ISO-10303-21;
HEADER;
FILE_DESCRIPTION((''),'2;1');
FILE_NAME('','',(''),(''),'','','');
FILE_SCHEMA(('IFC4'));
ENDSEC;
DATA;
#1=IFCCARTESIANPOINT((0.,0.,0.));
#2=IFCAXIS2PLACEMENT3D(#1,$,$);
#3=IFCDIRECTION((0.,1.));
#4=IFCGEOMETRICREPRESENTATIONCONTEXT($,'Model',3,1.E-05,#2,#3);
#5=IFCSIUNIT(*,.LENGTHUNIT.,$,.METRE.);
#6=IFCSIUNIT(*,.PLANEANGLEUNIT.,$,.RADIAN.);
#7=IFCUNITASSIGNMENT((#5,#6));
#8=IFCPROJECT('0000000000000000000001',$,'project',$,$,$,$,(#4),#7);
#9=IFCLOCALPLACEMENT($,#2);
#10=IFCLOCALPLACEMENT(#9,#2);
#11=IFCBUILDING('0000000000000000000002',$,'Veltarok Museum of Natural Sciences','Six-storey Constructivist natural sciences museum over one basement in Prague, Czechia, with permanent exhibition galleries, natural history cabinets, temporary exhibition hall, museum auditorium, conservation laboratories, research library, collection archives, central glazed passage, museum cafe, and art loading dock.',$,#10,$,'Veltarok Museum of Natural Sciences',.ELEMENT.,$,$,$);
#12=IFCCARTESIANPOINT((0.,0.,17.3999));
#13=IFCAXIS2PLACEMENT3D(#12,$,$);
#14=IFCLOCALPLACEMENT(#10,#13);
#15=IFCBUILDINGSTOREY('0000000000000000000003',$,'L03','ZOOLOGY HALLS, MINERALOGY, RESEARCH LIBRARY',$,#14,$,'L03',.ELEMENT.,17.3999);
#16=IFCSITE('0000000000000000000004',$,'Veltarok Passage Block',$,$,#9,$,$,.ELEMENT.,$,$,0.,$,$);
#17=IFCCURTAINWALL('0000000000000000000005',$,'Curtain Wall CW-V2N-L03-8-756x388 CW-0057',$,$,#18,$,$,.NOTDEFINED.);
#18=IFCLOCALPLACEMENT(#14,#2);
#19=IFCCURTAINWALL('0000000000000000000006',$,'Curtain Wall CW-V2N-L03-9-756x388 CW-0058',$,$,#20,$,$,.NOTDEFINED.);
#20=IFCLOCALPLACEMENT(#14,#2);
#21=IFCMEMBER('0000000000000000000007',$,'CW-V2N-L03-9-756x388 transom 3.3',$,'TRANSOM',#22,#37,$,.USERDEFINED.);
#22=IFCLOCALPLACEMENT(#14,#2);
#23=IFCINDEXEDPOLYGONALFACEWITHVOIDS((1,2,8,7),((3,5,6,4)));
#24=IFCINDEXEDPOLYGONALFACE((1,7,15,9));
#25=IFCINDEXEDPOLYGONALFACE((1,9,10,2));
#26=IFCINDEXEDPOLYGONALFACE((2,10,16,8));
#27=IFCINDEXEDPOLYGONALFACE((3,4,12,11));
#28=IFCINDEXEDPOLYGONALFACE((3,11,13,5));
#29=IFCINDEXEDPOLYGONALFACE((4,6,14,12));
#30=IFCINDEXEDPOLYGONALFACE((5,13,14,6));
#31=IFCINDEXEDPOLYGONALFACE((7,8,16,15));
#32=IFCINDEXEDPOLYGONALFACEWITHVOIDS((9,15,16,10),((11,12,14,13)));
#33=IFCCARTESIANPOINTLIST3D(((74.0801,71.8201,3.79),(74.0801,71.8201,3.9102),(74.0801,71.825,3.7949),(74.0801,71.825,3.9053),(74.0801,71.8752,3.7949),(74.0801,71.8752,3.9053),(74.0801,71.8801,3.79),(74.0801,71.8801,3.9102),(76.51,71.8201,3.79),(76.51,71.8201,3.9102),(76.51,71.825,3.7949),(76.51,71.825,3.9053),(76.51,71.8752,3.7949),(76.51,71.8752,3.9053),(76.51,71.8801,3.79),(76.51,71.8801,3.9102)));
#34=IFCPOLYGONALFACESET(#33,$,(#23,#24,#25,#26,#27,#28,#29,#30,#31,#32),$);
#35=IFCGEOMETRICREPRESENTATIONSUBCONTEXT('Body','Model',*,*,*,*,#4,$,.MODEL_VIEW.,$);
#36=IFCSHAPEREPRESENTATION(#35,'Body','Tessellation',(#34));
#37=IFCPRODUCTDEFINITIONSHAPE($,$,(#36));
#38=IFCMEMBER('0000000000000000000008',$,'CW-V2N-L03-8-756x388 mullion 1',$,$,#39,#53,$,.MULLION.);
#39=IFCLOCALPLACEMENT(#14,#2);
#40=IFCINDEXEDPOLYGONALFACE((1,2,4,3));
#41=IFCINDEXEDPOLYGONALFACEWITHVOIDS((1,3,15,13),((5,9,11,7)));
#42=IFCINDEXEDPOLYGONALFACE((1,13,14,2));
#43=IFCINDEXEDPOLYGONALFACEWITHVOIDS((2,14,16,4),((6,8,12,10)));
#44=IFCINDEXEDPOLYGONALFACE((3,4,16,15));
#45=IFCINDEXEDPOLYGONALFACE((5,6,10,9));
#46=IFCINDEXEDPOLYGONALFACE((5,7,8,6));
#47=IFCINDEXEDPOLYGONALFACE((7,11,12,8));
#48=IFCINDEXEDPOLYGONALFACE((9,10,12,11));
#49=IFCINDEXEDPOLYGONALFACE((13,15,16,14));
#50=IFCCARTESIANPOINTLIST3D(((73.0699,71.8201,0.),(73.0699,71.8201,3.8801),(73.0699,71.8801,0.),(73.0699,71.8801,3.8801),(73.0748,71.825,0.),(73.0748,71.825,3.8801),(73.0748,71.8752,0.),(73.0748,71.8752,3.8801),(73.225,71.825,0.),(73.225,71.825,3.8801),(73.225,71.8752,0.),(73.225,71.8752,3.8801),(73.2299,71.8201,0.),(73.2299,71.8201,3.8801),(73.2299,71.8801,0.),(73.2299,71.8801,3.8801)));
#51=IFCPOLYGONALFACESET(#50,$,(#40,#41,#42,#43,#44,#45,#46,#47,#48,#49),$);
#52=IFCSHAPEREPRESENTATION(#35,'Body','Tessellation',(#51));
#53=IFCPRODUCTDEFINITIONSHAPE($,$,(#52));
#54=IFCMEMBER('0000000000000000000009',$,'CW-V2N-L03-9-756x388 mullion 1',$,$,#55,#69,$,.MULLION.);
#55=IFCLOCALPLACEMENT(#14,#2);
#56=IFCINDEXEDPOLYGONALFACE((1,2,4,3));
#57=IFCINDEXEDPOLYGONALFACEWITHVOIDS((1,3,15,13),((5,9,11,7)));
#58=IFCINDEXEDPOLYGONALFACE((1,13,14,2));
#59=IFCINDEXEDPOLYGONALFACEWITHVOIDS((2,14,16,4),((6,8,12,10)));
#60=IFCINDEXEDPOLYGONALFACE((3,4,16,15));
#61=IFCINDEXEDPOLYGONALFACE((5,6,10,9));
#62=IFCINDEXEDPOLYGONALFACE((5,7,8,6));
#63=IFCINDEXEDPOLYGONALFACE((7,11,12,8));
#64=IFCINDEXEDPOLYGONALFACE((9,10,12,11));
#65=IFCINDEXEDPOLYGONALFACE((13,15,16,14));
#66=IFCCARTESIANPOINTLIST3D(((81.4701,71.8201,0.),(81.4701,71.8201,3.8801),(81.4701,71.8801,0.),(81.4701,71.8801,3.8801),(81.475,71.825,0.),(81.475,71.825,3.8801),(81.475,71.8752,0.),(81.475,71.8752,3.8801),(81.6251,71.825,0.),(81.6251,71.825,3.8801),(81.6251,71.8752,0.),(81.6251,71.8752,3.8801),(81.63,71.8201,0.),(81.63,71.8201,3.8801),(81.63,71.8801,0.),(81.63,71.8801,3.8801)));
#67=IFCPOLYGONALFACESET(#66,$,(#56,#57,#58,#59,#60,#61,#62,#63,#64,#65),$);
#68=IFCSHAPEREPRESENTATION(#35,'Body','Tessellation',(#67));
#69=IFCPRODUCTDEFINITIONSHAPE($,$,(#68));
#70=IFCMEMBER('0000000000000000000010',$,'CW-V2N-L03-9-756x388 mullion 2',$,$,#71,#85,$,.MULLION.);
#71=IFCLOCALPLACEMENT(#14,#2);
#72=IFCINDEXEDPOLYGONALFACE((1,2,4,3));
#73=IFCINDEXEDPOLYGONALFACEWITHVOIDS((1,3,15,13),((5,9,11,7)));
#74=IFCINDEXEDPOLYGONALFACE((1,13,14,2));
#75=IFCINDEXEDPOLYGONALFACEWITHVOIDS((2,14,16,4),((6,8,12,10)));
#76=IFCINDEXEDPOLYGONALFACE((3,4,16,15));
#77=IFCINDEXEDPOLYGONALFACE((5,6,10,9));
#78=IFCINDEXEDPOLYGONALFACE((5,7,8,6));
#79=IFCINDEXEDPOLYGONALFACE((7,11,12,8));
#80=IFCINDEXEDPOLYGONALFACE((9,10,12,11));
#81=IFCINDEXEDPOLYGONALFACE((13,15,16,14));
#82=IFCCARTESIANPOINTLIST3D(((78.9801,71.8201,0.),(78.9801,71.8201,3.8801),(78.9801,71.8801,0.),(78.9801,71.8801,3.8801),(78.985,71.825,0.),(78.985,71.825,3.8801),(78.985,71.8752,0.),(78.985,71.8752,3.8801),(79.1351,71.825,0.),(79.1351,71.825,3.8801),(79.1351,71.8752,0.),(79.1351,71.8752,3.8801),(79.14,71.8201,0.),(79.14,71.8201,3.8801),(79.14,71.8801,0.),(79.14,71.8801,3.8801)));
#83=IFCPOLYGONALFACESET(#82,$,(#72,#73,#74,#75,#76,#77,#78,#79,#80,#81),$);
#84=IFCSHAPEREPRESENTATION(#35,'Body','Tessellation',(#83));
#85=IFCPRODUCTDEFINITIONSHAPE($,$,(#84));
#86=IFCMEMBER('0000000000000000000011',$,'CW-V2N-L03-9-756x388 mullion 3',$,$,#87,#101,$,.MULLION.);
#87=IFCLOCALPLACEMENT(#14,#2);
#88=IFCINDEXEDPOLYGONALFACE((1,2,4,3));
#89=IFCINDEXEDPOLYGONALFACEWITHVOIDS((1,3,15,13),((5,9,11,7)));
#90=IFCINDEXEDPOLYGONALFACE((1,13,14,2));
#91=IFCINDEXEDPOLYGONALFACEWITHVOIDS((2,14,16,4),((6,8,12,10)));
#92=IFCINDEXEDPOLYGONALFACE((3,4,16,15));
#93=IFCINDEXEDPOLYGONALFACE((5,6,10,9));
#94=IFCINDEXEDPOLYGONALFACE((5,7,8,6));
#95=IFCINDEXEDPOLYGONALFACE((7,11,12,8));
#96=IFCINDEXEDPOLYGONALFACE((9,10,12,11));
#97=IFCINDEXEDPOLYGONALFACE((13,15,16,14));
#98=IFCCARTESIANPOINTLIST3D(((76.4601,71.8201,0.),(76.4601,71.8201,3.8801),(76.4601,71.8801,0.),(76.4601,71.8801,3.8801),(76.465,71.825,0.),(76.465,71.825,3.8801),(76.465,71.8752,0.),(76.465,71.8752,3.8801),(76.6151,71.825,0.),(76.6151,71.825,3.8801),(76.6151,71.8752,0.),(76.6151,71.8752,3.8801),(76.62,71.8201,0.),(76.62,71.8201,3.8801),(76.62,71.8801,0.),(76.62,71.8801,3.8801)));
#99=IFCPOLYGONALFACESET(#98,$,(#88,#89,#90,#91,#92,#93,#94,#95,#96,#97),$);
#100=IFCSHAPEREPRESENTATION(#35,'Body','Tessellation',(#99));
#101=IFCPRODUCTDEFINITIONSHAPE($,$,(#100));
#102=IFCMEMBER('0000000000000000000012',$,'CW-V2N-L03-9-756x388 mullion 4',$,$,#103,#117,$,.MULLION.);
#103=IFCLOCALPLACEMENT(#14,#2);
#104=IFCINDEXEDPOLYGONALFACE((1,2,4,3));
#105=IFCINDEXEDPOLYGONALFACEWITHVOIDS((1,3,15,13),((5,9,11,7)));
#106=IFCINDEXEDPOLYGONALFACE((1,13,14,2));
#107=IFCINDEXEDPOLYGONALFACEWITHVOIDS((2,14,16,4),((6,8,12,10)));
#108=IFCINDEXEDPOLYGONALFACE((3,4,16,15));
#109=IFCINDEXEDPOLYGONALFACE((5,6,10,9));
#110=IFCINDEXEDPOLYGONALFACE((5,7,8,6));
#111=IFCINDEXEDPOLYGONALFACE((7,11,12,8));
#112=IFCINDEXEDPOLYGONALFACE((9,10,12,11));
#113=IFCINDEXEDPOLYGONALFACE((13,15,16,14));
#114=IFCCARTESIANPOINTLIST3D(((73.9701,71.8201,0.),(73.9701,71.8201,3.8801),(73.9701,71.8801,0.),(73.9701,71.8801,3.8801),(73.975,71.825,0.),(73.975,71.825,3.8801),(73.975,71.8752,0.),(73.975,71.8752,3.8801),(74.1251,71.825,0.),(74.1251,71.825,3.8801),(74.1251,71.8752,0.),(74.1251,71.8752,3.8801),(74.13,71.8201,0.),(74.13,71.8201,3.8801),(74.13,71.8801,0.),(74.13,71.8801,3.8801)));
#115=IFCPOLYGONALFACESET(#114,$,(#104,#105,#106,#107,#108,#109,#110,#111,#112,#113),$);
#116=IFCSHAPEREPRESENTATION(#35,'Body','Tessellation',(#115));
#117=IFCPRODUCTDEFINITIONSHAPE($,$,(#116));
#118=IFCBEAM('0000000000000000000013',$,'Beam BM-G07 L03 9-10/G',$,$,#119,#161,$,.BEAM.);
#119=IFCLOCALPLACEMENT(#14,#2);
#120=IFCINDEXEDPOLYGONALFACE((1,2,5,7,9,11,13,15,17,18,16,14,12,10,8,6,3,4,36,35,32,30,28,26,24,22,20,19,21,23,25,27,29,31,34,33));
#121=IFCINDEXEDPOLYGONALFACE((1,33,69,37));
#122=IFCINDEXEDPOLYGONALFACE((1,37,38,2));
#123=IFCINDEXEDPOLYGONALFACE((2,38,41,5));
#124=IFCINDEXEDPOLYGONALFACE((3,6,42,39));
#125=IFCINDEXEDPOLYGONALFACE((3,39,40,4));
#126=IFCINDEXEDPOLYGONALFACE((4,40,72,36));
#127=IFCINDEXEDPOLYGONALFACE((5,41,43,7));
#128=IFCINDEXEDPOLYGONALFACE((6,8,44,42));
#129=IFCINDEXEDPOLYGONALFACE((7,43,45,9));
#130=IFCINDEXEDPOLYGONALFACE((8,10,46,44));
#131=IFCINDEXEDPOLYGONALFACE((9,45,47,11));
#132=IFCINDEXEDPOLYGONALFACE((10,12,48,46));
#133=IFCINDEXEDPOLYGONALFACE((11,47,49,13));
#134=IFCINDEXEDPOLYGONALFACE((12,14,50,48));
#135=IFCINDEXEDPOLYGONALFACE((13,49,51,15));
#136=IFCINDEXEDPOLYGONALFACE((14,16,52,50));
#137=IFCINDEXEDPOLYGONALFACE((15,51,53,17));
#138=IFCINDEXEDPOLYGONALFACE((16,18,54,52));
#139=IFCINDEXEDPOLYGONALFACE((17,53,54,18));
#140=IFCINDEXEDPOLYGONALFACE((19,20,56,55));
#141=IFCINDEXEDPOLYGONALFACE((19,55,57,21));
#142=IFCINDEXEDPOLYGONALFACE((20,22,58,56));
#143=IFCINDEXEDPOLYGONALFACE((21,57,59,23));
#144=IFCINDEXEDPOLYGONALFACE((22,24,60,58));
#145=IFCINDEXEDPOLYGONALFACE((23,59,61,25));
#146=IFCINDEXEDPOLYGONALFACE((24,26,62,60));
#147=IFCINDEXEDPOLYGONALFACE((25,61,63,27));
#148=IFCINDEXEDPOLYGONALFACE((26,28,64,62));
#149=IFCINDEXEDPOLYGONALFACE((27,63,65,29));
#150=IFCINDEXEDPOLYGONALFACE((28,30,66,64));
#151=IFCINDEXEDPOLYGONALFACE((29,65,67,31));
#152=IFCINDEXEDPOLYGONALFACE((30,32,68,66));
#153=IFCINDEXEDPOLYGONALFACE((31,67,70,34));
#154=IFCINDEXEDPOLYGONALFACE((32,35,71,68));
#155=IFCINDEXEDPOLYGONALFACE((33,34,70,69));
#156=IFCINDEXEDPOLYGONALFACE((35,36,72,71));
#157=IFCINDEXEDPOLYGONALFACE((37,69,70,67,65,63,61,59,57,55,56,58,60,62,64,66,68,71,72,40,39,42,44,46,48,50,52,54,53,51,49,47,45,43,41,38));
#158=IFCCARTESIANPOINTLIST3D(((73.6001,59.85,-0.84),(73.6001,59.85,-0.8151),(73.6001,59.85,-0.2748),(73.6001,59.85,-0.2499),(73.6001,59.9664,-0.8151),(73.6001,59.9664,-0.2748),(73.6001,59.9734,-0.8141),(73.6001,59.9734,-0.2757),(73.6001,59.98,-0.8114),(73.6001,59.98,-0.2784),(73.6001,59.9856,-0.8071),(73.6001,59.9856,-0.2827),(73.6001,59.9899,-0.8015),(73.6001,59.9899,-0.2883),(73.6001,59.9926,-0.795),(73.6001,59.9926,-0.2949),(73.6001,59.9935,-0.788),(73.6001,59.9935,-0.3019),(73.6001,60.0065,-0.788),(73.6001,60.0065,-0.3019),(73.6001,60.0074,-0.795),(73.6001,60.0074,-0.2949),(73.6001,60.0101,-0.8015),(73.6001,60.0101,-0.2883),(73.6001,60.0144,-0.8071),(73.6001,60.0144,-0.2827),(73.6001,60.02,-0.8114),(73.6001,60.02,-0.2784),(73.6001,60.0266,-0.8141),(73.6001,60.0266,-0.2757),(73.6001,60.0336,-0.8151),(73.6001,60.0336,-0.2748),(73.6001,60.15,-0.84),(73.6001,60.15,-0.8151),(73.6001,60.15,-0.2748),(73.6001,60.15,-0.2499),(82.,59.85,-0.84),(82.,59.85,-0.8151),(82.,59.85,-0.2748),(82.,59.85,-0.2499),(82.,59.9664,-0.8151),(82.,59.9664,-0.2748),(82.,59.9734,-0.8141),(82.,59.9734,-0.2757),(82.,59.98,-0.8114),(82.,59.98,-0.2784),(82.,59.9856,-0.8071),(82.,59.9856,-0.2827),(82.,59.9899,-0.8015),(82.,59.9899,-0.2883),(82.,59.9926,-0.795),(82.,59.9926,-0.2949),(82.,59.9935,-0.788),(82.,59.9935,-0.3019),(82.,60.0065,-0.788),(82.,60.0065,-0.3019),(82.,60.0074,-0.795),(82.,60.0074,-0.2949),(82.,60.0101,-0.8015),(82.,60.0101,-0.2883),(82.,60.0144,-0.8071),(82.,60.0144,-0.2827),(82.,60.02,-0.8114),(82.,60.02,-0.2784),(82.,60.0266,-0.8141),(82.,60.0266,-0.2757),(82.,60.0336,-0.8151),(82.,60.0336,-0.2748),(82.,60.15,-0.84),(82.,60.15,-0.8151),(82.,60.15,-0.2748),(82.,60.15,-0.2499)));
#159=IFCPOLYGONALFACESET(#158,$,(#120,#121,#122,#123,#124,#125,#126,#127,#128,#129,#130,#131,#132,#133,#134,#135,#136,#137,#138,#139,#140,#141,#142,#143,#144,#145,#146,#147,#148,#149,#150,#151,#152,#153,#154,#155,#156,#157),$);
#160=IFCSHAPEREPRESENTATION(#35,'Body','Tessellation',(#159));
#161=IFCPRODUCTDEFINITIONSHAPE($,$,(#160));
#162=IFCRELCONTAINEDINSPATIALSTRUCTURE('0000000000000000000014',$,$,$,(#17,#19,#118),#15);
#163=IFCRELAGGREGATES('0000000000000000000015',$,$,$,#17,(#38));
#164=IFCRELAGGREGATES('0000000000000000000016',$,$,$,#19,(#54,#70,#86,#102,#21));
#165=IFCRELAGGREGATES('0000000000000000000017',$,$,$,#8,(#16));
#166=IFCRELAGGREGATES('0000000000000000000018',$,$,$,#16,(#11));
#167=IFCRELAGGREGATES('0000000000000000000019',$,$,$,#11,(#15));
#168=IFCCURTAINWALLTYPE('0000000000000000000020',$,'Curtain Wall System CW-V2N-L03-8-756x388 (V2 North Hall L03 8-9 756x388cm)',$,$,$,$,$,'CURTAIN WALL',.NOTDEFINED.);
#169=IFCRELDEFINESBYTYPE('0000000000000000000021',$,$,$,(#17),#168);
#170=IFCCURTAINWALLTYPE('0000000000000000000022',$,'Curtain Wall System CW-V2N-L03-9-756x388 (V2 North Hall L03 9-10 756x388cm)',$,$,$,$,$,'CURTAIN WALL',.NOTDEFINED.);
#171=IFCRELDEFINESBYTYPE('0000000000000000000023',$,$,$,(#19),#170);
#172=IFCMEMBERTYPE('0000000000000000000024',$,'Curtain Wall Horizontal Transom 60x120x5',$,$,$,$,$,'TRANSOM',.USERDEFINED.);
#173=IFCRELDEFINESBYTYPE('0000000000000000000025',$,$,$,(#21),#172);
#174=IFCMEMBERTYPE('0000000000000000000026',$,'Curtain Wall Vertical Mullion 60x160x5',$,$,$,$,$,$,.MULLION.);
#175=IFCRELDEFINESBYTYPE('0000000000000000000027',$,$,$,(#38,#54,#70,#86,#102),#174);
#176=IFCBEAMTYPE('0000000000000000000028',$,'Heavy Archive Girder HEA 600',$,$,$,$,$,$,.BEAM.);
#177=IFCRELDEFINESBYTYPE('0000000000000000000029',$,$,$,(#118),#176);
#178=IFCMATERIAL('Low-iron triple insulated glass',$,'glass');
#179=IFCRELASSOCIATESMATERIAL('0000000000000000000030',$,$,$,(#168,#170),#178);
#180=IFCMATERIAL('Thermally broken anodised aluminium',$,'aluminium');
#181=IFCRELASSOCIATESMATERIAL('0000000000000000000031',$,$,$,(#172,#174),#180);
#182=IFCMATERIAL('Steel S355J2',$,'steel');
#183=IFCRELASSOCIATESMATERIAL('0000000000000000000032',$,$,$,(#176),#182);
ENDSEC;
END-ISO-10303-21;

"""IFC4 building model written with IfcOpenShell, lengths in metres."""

from ifc_helpers import new_model, si_unit, direction, frame, origin, origin_2d, place, context, subcontext, project, spatial, hollow_rectangle, i_section, extrude, material, material_profile, profile_set, type_object, element, aggregate, save


model = new_model("IFC4")

# Units and contexts
model_context = context("Model", 3, precision=1e-05, world=origin(), true_north=direction((0.0, 1.0)))
body_context = subcontext(model_context, "Body", "Model", "MODEL_VIEW")
ifc_project = project(units=[si_unit("LENGTHUNIT", "METRE"), si_unit("PLANEANGLEUNIT", "RADIAN")], contexts=[model_context])

# Site, building, storey
site_placement = place(None, origin())
site = spatial("IfcSite", under=ifc_project, at=site_placement, Name="Veltarok Passage Block", CompositionType="ELEMENT", RefElevation=0.0)
building_placement = place(site_placement, origin())
building = spatial("IfcBuilding", under=site, at=building_placement, Name="Veltarok Museum of Natural Sciences", Description="Six-storey Constructivist natural sciences museum over one basement in Prague, Czechia, with permanent exhibition galleries, natural history cabinets, temporary exhibition hall, museum auditorium, conservation laboratories, research library, collection archives, central glazed passage, museum cafe, and art loading dock.", LongName="Veltarok Museum of Natural Sciences", CompositionType="ELEMENT")
storey_placement = place(building_placement, frame((0.0, 0.0, 17.3999)))
storey = spatial("IfcBuildingStorey", under=building, at=storey_placement, Name="L03", Description="ZOOLOGY HALLS, MINERALOGY, RESEARCH LIBRARY", LongName="L03", CompositionType="ELEMENT", Elevation=17.3999)

# Shared definitions
ifc_material_1 = material(Name="Steel S355J2", Category="steel")

# Curtain walls, member
ifc_material_2 = material(Name="Low-iron triple insulated glass", Category="glass")
curtain_wall_type_1 = type_object("IfcCurtainWallType", Name="Curtain Wall System CW-V2N-L03-8-756x388 (V2 North Hall L03 8-9 756x388cm)", ElementType="CURTAIN WALL", PredefinedType="NOTDEFINED", material=ifc_material_2)
curtain_wall_1_placement = place(storey_placement, origin())
curtain_wall_1 = element("IfcCurtainWall", 1, at=curtain_wall_1_placement, inside=storey, type_object=curtain_wall_type_1, Name="Curtain Wall CW-V2N-L03-8-756x388 CW-0057", PredefinedType="NOTDEFINED")
ifc_material_3 = material(Name="Thermally broken anodised aluminium", Category="aluminium")
ifc_material_profile_1 = material_profile(ifc_material_3, hollow_rectangle(XDim=0.0601, YDim=0.1201, WallThickness=0.0049, at=origin_2d()), Name="CW TRANSOM 60x120x5")
ifc_profile_set_1 = profile_set([ifc_material_profile_1], Name="Thermally broken anodised aluminium")
member_type_1 = type_object("IfcMemberType", Name="Curtain Wall Horizontal Transom 60x120x5", ElementType="TRANSOM", PredefinedType="USERDEFINED", material=ifc_profile_set_1)
curtain_wall_type_2 = type_object("IfcCurtainWallType", Name="Curtain Wall System CW-V2N-L03-9-756x388 (V2 North Hall L03 9-10 756x388cm)", ElementType="CURTAIN WALL", PredefinedType="NOTDEFINED", material=ifc_material_2)
curtain_wall_2_placement = place(storey_placement, origin())
curtain_wall_2 = element("IfcCurtainWall", 2, at=curtain_wall_2_placement, inside=storey, type_object=curtain_wall_type_2, Name="Curtain Wall CW-V2N-L03-9-756x388 CW-0058", PredefinedType="NOTDEFINED")
member_1_placement = place(storey_placement, frame((76.51, 71.8501, 3.8501), z_axis=(-1.0, 0.0, 0.0), x_axis=(0.0, -1.0, 0.0)))
member_1 = element("IfcMember", 3, at=member_1_placement, type_object=member_type_1, Name="CW-V2N-L03-9-756x388 transom 3.3", ObjectType="TRANSOM", PredefinedType="USERDEFINED", context=body_context, shape_type="SweptSolid", body=[
    extrude(hollow_rectangle(XDim=0.0601, YDim=0.1201, WallThickness=0.0049, at=origin_2d()), origin(), (0.0, 0.0, 1.0), 2.4299),
])

# Members
ifc_material_profile_2 = material_profile(ifc_material_3, hollow_rectangle(XDim=0.0601, YDim=0.1599, WallThickness=0.0049, at=origin_2d()), Name="CW MULLION 60x160x5")
ifc_profile_set_2 = profile_set([ifc_material_profile_2], Name="Thermally broken anodised aluminium")
member_type_2 = type_object("IfcMemberType", Name="Curtain Wall Vertical Mullion 60x160x5", PredefinedType="MULLION", material=ifc_profile_set_2)
member_2_placement = place(storey_placement, frame((73.1499, 71.8501, 0.0), z_axis=(0.0, 0.0, 1.0), x_axis=(0.0, -1.0, 0.0)))
member_2 = element("IfcMember", 4, at=member_2_placement, type_object=member_type_2, Name="CW-V2N-L03-8-756x388 mullion 1", PredefinedType="MULLION", context=body_context, shape_type="SweptSolid", body=[
    extrude(hollow_rectangle(XDim=0.0601, YDim=0.1599, WallThickness=0.0049, at=origin_2d()), origin(), (0.0, 0.0, 1.0), 3.8801),
])
member_3_placement = place(storey_placement, frame((81.55, 71.8501, 0.0), z_axis=(0.0, 0.0, 1.0), x_axis=(0.0, -1.0, 0.0)))
member_3 = element("IfcMember", 5, at=member_3_placement, type_object=member_type_2, Name="CW-V2N-L03-9-756x388 mullion 1", PredefinedType="MULLION", context=body_context, shape_type="SweptSolid", body=[
    extrude(hollow_rectangle(XDim=0.0601, YDim=0.1599, WallThickness=0.0049, at=origin_2d()), origin(), (0.0, 0.0, 1.0), 3.8801),
])
member_4_placement = place(storey_placement, frame((79.0601, 71.8501, 0.0), z_axis=(0.0, 0.0, 1.0), x_axis=(0.0, -1.0, 0.0)))
member_4 = element("IfcMember", 6, at=member_4_placement, type_object=member_type_2, Name="CW-V2N-L03-9-756x388 mullion 2", PredefinedType="MULLION", context=body_context, shape_type="SweptSolid", body=[
    extrude(hollow_rectangle(XDim=0.0601, YDim=0.1599, WallThickness=0.0049, at=origin_2d()), origin(), (0.0, 0.0, 1.0), 3.8801),
])
member_5_placement = place(storey_placement, frame((76.54, 71.8501, 0.0), z_axis=(0.0, 0.0, 1.0), x_axis=(0.0, -1.0, 0.0)))
member_5 = element("IfcMember", 7, at=member_5_placement, type_object=member_type_2, Name="CW-V2N-L03-9-756x388 mullion 3", PredefinedType="MULLION", context=body_context, shape_type="SweptSolid", body=[
    extrude(hollow_rectangle(XDim=0.0601, YDim=0.1599, WallThickness=0.0049, at=origin_2d()), origin(), (0.0, 0.0, 1.0), 3.8801),
])
member_6_placement = place(storey_placement, frame((74.05, 71.8501, 0.0), z_axis=(0.0, 0.0, 1.0), x_axis=(0.0, -1.0, 0.0)))
member_6 = element("IfcMember", 8, at=member_6_placement, type_object=member_type_2, Name="CW-V2N-L03-9-756x388 mullion 4", PredefinedType="MULLION", context=body_context, shape_type="SweptSolid", body=[
    extrude(hollow_rectangle(XDim=0.0601, YDim=0.1599, WallThickness=0.0049, at=origin_2d()), origin(), (0.0, 0.0, 1.0), 3.8801),
])

# Beam
ifc_material_profile_3 = material_profile(ifc_material_1, i_section(OverallWidth=0.3, OverallDepth=0.5901, WebThickness=0.0129, FlangeThickness=0.0249, FilletRadius=0.0271, at=origin_2d()), Name="HEA 600")
ifc_profile_set_3 = profile_set([ifc_material_profile_3], Name="Steel S355J2")
beam_type_1 = type_object("IfcBeamType", Name="Heavy Archive Girder HEA 600", PredefinedType="BEAM", material=ifc_profile_set_3)
beam_1_placement = place(storey_placement, frame((73.6001, 60.0, -0.5449), z_axis=(1.0, 0.0, 0.0), x_axis=(0.0, 1.0, 0.0)))
element("IfcBeam", 9, at=beam_1_placement, inside=storey, type_object=beam_type_1, Name="Beam BM-G07 L03 9-10/G", PredefinedType="BEAM", context=body_context, shape_type="SweptSolid", body=[
    extrude(i_section(OverallWidth=0.3, OverallDepth=0.5901, WebThickness=0.0129, FlangeThickness=0.0249, FilletRadius=0.0271, at=origin_2d()), origin(), (0.0, 0.0, 1.0), 8.3999),
])

aggregate(curtain_wall_1, [member_2])
aggregate(curtain_wall_2, [member_3, member_4, member_5, member_6, member_1])

save(model, "model.ifc")
